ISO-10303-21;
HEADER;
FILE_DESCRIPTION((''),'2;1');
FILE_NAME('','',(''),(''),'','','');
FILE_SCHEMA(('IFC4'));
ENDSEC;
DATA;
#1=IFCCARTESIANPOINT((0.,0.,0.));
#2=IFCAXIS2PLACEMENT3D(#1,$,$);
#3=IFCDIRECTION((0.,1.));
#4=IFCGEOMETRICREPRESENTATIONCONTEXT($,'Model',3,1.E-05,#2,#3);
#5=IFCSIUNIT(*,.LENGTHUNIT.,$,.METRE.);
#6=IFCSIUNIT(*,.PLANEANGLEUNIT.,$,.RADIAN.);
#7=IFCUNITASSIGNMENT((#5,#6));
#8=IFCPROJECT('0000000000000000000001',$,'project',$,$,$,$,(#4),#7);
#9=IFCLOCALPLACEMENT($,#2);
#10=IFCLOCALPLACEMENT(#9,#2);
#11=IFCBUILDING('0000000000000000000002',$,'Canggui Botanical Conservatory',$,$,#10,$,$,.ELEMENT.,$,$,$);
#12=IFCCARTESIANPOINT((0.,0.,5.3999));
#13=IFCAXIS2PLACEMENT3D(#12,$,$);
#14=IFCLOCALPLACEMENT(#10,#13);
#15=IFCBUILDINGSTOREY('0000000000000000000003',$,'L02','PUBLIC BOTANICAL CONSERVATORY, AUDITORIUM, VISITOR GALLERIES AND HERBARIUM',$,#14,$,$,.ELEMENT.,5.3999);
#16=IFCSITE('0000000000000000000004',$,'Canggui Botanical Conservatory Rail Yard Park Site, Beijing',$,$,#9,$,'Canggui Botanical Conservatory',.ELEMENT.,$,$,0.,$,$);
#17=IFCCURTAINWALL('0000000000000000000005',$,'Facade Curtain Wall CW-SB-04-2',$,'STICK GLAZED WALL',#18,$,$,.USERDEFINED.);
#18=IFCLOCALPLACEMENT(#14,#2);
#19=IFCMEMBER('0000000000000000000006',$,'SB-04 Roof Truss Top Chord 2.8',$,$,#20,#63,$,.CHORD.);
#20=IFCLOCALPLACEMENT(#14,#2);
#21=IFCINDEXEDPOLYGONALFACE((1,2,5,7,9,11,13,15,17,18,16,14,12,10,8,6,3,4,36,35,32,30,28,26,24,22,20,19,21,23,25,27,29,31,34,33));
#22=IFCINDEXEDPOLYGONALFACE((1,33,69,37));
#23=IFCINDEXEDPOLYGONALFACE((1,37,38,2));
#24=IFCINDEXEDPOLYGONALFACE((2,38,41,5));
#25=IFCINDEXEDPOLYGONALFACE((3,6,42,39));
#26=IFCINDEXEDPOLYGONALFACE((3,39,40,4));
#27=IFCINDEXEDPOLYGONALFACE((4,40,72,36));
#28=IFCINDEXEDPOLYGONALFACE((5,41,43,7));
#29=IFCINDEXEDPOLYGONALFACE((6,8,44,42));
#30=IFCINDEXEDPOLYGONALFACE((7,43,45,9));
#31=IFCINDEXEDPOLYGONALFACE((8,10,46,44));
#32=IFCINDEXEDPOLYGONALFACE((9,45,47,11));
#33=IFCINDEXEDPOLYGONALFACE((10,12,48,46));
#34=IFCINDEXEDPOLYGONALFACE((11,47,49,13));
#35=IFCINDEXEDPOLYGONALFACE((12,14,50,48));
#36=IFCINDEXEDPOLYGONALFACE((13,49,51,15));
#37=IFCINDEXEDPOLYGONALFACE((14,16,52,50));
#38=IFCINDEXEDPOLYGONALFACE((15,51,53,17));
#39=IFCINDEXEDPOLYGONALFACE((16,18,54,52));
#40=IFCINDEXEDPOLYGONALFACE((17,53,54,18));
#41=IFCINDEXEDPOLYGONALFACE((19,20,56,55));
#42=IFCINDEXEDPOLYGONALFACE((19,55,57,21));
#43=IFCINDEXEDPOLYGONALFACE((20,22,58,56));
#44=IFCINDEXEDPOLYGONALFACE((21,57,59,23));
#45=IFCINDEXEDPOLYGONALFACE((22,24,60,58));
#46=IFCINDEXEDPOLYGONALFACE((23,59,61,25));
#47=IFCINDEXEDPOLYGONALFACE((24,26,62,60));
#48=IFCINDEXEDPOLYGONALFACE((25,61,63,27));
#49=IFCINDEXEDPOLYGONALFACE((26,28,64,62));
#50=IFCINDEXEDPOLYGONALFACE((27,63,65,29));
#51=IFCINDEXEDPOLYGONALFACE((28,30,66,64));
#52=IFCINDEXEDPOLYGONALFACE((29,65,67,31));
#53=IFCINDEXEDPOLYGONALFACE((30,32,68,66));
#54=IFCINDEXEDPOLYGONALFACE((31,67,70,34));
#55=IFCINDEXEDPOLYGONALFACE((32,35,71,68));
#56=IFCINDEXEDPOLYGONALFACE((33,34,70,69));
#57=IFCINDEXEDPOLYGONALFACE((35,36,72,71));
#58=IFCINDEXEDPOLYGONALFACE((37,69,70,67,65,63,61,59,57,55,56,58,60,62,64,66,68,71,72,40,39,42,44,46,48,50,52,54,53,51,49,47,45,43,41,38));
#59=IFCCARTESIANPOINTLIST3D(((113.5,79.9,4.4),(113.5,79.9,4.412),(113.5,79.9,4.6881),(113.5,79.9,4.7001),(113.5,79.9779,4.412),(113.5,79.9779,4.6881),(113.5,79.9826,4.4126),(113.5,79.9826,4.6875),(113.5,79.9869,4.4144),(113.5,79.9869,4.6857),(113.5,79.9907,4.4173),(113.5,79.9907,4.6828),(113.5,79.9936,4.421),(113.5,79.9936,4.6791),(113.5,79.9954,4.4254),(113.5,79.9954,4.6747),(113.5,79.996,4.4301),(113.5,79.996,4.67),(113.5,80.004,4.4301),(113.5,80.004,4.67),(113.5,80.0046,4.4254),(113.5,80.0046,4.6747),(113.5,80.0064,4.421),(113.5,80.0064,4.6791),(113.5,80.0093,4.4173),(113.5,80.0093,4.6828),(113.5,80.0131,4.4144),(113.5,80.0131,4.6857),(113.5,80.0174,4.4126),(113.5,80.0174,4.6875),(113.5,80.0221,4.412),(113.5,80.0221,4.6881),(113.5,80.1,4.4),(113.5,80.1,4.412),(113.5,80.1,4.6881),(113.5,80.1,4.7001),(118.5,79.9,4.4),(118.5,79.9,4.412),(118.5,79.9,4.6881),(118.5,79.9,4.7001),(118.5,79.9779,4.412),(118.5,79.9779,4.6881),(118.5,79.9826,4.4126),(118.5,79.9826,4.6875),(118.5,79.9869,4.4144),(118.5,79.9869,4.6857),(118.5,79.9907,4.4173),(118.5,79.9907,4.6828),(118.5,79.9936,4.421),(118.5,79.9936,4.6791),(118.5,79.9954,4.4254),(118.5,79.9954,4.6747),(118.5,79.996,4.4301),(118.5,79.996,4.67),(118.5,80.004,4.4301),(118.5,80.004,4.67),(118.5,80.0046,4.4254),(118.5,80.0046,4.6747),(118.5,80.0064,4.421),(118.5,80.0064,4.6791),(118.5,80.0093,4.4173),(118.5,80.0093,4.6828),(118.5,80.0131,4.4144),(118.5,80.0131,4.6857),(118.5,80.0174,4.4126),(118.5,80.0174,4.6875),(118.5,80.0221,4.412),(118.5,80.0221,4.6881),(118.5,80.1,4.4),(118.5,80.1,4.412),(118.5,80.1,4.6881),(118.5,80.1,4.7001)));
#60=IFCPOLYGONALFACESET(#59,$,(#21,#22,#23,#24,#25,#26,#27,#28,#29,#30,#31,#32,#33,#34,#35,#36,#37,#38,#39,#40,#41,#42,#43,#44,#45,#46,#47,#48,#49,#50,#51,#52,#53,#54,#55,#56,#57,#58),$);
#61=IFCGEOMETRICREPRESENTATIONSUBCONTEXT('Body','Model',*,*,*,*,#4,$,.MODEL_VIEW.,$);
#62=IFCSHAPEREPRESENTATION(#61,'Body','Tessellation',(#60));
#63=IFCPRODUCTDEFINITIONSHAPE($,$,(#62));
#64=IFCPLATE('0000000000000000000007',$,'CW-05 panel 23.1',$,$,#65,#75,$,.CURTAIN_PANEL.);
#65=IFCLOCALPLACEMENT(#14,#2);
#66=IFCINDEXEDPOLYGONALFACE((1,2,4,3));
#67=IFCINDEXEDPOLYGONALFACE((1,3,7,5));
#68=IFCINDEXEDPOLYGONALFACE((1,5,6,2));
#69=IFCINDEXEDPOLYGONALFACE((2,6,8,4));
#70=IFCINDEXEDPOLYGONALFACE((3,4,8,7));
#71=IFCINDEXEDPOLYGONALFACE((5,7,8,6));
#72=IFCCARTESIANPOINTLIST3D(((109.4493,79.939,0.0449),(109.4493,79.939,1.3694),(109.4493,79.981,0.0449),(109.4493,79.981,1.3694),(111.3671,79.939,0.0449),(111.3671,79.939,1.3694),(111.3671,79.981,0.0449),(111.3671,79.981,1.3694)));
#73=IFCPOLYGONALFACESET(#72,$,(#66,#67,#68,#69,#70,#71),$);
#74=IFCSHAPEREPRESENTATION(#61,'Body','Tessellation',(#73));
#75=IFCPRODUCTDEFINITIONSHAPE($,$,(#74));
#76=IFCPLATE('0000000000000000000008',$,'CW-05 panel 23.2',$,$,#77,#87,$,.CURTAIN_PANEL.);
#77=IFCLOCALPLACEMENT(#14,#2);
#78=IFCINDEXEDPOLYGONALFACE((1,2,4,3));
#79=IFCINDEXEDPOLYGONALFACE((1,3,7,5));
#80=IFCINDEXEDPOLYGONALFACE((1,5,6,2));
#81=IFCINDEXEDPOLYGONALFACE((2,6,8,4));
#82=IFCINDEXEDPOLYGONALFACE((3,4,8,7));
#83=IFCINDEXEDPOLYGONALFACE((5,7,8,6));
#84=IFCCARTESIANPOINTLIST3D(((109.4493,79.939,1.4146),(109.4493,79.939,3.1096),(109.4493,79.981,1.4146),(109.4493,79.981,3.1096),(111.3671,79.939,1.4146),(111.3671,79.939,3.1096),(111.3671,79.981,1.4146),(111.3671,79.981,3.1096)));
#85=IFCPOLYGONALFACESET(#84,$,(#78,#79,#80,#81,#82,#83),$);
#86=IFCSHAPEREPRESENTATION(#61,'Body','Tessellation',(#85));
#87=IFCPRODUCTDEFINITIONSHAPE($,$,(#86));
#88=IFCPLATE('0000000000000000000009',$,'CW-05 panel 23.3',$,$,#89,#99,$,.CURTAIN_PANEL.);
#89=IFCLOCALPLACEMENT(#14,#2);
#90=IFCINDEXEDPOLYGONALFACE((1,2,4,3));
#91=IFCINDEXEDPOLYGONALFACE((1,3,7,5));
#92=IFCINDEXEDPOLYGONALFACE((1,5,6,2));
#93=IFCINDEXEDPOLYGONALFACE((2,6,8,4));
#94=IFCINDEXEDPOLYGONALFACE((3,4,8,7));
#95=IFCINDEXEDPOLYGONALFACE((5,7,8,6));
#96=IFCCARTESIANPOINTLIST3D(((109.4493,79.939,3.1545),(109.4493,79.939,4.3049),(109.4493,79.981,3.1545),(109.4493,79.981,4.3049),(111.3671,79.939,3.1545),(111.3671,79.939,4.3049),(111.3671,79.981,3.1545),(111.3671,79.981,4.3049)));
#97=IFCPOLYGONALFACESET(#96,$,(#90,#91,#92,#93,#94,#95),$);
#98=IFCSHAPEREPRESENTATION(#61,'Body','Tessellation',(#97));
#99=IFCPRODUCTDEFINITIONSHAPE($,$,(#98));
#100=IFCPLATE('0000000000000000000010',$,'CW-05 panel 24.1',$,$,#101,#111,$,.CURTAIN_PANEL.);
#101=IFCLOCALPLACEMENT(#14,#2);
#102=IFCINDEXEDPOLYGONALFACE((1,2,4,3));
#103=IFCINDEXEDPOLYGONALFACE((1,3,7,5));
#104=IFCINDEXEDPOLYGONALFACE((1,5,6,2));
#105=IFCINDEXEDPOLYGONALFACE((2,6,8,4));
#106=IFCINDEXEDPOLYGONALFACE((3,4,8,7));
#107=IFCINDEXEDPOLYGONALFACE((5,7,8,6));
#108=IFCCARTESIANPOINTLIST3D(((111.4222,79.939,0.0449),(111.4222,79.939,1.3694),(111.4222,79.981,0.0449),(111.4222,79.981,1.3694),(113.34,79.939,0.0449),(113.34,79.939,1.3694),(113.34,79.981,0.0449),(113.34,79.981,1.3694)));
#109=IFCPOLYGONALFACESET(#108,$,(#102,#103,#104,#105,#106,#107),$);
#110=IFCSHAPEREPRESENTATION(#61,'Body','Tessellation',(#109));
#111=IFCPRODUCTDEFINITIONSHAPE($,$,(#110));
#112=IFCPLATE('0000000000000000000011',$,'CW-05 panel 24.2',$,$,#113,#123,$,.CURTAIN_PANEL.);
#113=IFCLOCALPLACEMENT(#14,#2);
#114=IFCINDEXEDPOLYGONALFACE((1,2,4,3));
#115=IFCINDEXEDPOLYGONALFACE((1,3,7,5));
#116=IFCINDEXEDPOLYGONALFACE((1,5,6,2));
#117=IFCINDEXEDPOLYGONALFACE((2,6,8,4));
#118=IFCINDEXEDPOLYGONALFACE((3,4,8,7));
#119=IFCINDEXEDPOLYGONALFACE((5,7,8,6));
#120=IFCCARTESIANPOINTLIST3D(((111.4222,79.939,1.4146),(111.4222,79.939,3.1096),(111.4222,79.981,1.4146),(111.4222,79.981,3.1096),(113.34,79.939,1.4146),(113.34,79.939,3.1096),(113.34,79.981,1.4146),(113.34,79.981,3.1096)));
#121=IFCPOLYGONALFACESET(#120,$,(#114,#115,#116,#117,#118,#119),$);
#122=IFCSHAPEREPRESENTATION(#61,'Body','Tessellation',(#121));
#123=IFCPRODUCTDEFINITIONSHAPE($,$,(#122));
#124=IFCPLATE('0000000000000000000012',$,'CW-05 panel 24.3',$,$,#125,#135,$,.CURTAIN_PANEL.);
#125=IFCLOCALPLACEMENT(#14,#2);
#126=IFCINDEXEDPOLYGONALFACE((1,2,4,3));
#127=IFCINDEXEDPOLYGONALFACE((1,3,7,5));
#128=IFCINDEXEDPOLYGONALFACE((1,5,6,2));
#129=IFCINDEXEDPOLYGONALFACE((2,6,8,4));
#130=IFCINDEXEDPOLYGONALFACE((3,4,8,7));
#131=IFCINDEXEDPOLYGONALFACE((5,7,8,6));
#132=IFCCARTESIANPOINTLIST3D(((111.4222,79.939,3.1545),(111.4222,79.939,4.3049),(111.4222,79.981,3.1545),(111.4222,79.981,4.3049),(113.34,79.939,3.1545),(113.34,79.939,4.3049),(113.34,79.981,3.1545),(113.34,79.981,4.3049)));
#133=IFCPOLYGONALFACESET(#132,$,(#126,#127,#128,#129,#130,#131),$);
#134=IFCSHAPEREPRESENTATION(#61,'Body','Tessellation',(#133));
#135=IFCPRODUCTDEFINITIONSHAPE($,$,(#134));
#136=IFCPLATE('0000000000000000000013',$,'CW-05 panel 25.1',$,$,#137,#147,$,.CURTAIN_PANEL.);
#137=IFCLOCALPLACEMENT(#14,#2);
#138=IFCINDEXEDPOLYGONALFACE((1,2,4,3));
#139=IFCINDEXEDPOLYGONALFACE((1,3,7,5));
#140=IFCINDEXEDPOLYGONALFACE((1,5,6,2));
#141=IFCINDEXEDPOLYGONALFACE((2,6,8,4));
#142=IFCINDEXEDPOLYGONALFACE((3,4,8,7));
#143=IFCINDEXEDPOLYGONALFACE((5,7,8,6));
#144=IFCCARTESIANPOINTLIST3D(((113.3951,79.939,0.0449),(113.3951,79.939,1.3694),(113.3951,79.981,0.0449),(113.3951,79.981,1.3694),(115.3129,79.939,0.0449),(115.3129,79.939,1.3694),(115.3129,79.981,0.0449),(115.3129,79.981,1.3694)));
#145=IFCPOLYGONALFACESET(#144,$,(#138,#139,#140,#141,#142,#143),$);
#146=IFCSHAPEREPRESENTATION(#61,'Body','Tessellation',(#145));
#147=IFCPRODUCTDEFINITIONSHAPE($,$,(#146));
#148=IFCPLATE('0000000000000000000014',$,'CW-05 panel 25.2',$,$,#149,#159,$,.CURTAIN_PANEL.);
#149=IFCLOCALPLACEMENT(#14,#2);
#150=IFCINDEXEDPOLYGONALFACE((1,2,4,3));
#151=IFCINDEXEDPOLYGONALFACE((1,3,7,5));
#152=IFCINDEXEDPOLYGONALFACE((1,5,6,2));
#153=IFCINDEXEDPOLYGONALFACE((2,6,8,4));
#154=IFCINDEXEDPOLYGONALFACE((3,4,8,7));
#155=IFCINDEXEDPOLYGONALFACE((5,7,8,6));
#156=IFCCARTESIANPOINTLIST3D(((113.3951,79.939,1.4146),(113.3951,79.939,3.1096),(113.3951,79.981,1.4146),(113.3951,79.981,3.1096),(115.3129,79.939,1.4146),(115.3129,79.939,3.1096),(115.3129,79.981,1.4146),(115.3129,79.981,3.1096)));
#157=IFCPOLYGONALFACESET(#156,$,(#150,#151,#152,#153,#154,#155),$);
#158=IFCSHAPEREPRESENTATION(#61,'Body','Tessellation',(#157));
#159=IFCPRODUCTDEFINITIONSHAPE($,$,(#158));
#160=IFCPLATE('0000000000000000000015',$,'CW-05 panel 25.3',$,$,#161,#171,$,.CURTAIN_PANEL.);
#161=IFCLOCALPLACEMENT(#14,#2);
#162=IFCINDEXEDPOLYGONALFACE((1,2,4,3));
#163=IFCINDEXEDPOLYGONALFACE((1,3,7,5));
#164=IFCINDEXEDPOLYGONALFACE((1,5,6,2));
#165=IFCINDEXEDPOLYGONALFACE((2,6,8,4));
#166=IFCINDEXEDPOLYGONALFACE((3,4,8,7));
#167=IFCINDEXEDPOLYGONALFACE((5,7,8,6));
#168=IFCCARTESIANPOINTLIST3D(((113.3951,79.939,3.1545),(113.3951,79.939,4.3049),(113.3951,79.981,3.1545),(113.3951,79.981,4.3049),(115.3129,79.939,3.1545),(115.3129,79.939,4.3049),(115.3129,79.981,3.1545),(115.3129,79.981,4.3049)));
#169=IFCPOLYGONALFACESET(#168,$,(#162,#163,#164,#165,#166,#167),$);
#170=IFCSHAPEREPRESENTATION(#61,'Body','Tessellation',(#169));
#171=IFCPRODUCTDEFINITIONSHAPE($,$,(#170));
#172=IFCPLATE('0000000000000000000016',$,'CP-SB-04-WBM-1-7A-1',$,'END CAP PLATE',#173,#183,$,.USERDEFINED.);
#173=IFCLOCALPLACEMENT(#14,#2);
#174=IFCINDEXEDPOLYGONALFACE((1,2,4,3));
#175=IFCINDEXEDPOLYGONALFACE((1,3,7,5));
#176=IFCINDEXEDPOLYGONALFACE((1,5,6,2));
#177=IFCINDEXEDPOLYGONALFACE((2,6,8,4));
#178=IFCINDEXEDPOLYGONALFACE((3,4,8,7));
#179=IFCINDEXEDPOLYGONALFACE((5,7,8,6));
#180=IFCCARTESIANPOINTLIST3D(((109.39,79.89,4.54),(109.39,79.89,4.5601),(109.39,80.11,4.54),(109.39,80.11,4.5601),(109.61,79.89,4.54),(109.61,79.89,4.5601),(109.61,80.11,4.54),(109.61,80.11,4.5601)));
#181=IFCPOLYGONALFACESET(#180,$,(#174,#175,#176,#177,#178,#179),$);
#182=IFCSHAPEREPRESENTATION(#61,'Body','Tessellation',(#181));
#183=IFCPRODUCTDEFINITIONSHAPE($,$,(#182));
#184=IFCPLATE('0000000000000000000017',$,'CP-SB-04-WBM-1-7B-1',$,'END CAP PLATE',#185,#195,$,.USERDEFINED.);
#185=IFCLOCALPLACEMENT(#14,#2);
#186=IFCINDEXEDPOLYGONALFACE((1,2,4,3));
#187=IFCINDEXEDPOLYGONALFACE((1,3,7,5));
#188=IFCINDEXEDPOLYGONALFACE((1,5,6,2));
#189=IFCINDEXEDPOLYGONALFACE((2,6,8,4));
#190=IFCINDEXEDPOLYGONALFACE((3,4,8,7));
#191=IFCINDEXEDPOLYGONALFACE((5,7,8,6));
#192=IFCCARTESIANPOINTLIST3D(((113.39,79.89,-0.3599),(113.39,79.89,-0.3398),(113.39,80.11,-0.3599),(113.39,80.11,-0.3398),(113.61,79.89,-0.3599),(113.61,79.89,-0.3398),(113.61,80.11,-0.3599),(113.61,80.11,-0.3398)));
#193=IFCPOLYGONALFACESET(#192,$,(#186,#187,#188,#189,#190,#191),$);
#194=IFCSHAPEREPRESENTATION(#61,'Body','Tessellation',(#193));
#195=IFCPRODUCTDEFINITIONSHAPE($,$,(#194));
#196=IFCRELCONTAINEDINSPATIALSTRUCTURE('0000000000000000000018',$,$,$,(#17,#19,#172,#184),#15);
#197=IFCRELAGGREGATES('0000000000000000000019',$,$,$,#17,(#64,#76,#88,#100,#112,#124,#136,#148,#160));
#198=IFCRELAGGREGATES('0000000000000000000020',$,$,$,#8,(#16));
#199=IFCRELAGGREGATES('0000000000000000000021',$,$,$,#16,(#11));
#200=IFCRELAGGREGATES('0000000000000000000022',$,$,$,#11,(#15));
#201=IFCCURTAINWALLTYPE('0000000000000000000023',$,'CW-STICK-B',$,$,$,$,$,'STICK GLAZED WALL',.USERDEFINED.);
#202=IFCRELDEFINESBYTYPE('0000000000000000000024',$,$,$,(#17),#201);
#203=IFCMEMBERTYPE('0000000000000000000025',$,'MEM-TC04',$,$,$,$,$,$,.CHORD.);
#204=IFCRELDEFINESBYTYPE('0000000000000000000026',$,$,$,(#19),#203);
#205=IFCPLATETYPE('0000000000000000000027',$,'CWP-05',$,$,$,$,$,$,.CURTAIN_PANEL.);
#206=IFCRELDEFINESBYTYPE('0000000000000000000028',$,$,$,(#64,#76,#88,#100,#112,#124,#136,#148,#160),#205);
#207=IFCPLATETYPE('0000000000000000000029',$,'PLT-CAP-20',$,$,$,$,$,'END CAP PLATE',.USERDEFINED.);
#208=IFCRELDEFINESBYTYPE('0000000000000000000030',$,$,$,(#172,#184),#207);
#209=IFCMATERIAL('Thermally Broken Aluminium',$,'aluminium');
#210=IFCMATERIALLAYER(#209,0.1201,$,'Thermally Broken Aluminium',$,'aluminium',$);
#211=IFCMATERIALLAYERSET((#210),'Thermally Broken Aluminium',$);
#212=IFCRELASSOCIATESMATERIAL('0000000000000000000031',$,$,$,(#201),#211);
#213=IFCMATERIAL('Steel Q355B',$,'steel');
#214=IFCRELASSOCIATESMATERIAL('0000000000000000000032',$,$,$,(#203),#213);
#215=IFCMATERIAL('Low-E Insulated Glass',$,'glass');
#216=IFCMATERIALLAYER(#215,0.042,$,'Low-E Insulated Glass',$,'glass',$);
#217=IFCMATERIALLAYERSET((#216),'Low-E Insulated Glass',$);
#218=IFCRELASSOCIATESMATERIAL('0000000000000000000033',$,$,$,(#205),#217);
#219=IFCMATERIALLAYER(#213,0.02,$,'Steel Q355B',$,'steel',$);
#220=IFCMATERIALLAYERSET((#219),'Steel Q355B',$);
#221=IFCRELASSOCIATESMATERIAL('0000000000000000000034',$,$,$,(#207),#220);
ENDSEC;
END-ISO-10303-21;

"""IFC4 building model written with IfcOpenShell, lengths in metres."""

from ifc_helpers import new_model, si_unit, direction, frame, origin, origin_2d, place, context, subcontext, project, spatial, rectangle, i_section, extrude, material, layer, layer_set, material_profile, profile_set, type_object, element, aggregate, save


model = new_model("IFC4")

# Units and contexts
model_context = context("Model", 3, precision=1e-05, world=origin(), true_north=direction((0.0, 1.0)))
body_context = subcontext(model_context, "Body", "Model", "MODEL_VIEW")
ifc_project = project(units=[si_unit("LENGTHUNIT", "METRE"), si_unit("PLANEANGLEUNIT", "RADIAN")], contexts=[model_context])

# Site, building, storey
site_placement = place(None, origin())
site = spatial("IfcSite", under=ifc_project, at=site_placement, Name="Canggui Botanical Conservatory Rail Yard Park Site, Beijing", LongName="Canggui Botanical Conservatory", CompositionType="ELEMENT", RefElevation=0.0)
building_placement = place(site_placement, origin())
building = spatial("IfcBuilding", under=site, at=building_placement, Name="Canggui Botanical Conservatory", CompositionType="ELEMENT")
storey_placement = place(building_placement, frame((0.0, 0.0, 5.3999)))
storey = spatial("IfcBuildingStorey", under=building, at=storey_placement, Name="L02", Description="PUBLIC BOTANICAL CONSERVATORY, AUDITORIUM, VISITOR GALLERIES AND HERBARIUM", CompositionType="ELEMENT", Elevation=5.3999)

# Shared definitions
ifc_material_1 = material(Name="Steel Q355B", Category="steel")

# Curtain wall
ifc_material_2 = material(Name="Thermally Broken Aluminium", Category="aluminium")
ifc_layer_1 = layer(ifc_material_2, 0.1201, Name="Thermally Broken Aluminium", Category="aluminium")
ifc_layer_set_1 = layer_set([ifc_layer_1], Name="Thermally Broken Aluminium")
curtain_wall_type = type_object("IfcCurtainWallType", Name="CW-STICK-B", ElementType="STICK GLAZED WALL", PredefinedType="USERDEFINED", material=ifc_layer_set_1)
curtain_wall_placement = place(storey_placement, origin())
curtain_wall = element("IfcCurtainWall", 1, at=curtain_wall_placement, inside=storey, type_object=curtain_wall_type, Name="Facade Curtain Wall CW-SB-04-2", ObjectType="STICK GLAZED WALL", PredefinedType="USERDEFINED")

# Member
ifc_material_profile_1 = material_profile(ifc_material_1, i_section(OverallWidth=0.2, OverallDepth=0.3, WebThickness=0.0081, FlangeThickness=0.012, FilletRadius=0.0181, at=origin_2d()), Name="HM 300x200x8x12")
ifc_profile_set_1 = profile_set([ifc_material_profile_1], Name="Steel Q355B")
member_type_1 = type_object("IfcMemberType", Name="MEM-TC04", PredefinedType="CHORD", material=ifc_profile_set_1)
member_1_placement = place(storey_placement, frame((113.5, 80.0, 4.55), z_axis=(1.0, 0.0, 0.0), x_axis=(0.0, 1.0, 0.0)))
element("IfcMember", 2, at=member_1_placement, inside=storey, type_object=member_type_1, Name="SB-04 Roof Truss Top Chord 2.8", PredefinedType="CHORD", context=body_context, shape_type="SweptSolid", body=[
    extrude(i_section(OverallWidth=0.2, OverallDepth=0.3, WebThickness=0.0081, FlangeThickness=0.012, FilletRadius=0.0181, at=origin_2d()), origin(), (0.0, 0.0, 1.0), 5.0),
])

# Plates
ifc_material_3 = material(Name="Low-E Insulated Glass", Category="glass")
ifc_layer_2 = layer(ifc_material_3, 0.042, Name="Low-E Insulated Glass", Category="glass")
ifc_layer_set_2 = layer_set([ifc_layer_2], Name="Low-E Insulated Glass")
plate_type_1 = type_object("IfcPlateType", Name="CWP-05", PredefinedType="CURTAIN_PANEL", material=ifc_layer_set_2)
plate_1_placement = place(storey_placement, frame((110.4082, 79.96, 0.0449), z_axis=(0.0, 0.0, 1.0), x_axis=(1.0, 0.0, 0.0)))
plate_1 = element("IfcPlate", 3, at=plate_1_placement, type_object=plate_type_1, Name="CW-05 panel 23.1", PredefinedType="CURTAIN_PANEL", context=body_context, shape_type="SweptSolid", body=[
    extrude(rectangle(XDim=1.9177, YDim=0.042, at=origin_2d()), origin(), (0.0, 0.0, 1.0), 1.3245),
])
plate_2_placement = place(storey_placement, frame((110.4082, 79.96, 1.4146), z_axis=(0.0, 0.0, 1.0), x_axis=(1.0, 0.0, 0.0)))
plate_2 = element("IfcPlate", 4, at=plate_2_placement, type_object=plate_type_1, Name="CW-05 panel 23.2", PredefinedType="CURTAIN_PANEL", context=body_context, shape_type="SweptSolid", body=[
    extrude(rectangle(XDim=1.9177, YDim=0.042, at=origin_2d()), origin(), (0.0, 0.0, 1.0), 1.6951),
])
plate_3_placement = place(storey_placement, frame((110.4082, 79.96, 3.1545), z_axis=(0.0, 0.0, 1.0), x_axis=(1.0, 0.0, 0.0)))
plate_3 = element("IfcPlate", 5, at=plate_3_placement, type_object=plate_type_1, Name="CW-05 panel 23.3", PredefinedType="CURTAIN_PANEL", context=body_context, shape_type="SweptSolid", body=[
    extrude(rectangle(XDim=1.9177, YDim=0.042, at=origin_2d()), origin(), (0.0, 0.0, 1.0), 1.1504),
])
plate_4_placement = place(storey_placement, frame((112.3811, 79.96, 0.0449), z_axis=(0.0, 0.0, 1.0), x_axis=(1.0, 0.0, 0.0)))
plate_4 = element("IfcPlate", 6, at=plate_4_placement, type_object=plate_type_1, Name="CW-05 panel 24.1", PredefinedType="CURTAIN_PANEL", context=body_context, shape_type="SweptSolid", body=[
    extrude(rectangle(XDim=1.9177, YDim=0.042, at=origin_2d()), origin(), (0.0, 0.0, 1.0), 1.3245),
])
plate_5_placement = place(storey_placement, frame((112.3811, 79.96, 1.4146), z_axis=(0.0, 0.0, 1.0), x_axis=(1.0, 0.0, 0.0)))
plate_5 = element("IfcPlate", 7, at=plate_5_placement, type_object=plate_type_1, Name="CW-05 panel 24.2", PredefinedType="CURTAIN_PANEL", context=body_context, shape_type="SweptSolid", body=[
    extrude(rectangle(XDim=1.9177, YDim=0.042, at=origin_2d()), origin(), (0.0, 0.0, 1.0), 1.6951),
])
plate_6_placement = place(storey_placement, frame((112.3811, 79.96, 3.1545), z_axis=(0.0, 0.0, 1.0), x_axis=(1.0, 0.0, 0.0)))
plate_6 = element("IfcPlate", 8, at=plate_6_placement, type_object=plate_type_1, Name="CW-05 panel 24.3", PredefinedType="CURTAIN_PANEL", context=body_context, shape_type="SweptSolid", body=[
    extrude(rectangle(XDim=1.9177, YDim=0.042, at=origin_2d()), origin(), (0.0, 0.0, 1.0), 1.1504),
])
plate_7_placement = place(storey_placement, frame((114.354, 79.96, 0.0449), z_axis=(0.0, 0.0, 1.0), x_axis=(1.0, 0.0, 0.0)))
plate_7 = element("IfcPlate", 9, at=plate_7_placement, type_object=plate_type_1, Name="CW-05 panel 25.1", PredefinedType="CURTAIN_PANEL", context=body_context, shape_type="SweptSolid", body=[
    extrude(rectangle(XDim=1.9177, YDim=0.042, at=origin_2d()), origin(), (0.0, 0.0, 1.0), 1.3245),
])
plate_8_placement = place(storey_placement, frame((114.354, 79.96, 1.4146), z_axis=(0.0, 0.0, 1.0), x_axis=(1.0, 0.0, 0.0)))
plate_8 = element("IfcPlate", 10, at=plate_8_placement, type_object=plate_type_1, Name="CW-05 panel 25.2", PredefinedType="CURTAIN_PANEL", context=body_context, shape_type="SweptSolid", body=[
    extrude(rectangle(XDim=1.9177, YDim=0.042, at=origin_2d()), origin(), (0.0, 0.0, 1.0), 1.6951),
])
plate_9_placement = place(storey_placement, frame((114.354, 79.96, 3.1545), z_axis=(0.0, 0.0, 1.0), x_axis=(1.0, 0.0, 0.0)))
plate_9 = element("IfcPlate", 11, at=plate_9_placement, type_object=plate_type_1, Name="CW-05 panel 25.3", PredefinedType="CURTAIN_PANEL", context=body_context, shape_type="SweptSolid", body=[
    extrude(rectangle(XDim=1.9177, YDim=0.042, at=origin_2d()), origin(), (0.0, 0.0, 1.0), 1.1504),
])
aggregate(curtain_wall, [plate_1, plate_2, plate_3, plate_4, plate_5, plate_6, plate_7, plate_8, plate_9])

# Plates
ifc_layer_3 = layer(ifc_material_1, 0.02, Name="Steel Q355B", Category="steel")
ifc_layer_set_3 = layer_set([ifc_layer_3], Name="Steel Q355B")
plate_type_2 = type_object("IfcPlateType", Name="PLT-CAP-20", ElementType="END CAP PLATE", PredefinedType="USERDEFINED", material=ifc_layer_set_3)
for number, where, z_axis, x_axis, name in (
    (12, (109.5, 80.0, 4.54), (0.0, 0.0, 1.0), (1.0, 0.0, 0.0), "CP-SB-04-WBM-1-7A-1"),
    (13, (113.5, 80.0, -0.3599), (0.0, 0.0, 1.0), (1.0, 0.0, 0.0), "CP-SB-04-WBM-1-7B-1"),
):
    element("IfcPlate", number, at=place(storey_placement, frame(where, z_axis=z_axis, x_axis=x_axis)), inside=storey, type_object=plate_type_2, Name=name, ObjectType="END CAP PLATE", PredefinedType="USERDEFINED", context=body_context, shape_type="SweptSolid", body=[
        extrude(rectangle(XDim=0.22, YDim=0.22, at=origin_2d()), origin(), (0.0, 0.0, 1.0), 0.02),
    ])

save(model, "model.ifc")
